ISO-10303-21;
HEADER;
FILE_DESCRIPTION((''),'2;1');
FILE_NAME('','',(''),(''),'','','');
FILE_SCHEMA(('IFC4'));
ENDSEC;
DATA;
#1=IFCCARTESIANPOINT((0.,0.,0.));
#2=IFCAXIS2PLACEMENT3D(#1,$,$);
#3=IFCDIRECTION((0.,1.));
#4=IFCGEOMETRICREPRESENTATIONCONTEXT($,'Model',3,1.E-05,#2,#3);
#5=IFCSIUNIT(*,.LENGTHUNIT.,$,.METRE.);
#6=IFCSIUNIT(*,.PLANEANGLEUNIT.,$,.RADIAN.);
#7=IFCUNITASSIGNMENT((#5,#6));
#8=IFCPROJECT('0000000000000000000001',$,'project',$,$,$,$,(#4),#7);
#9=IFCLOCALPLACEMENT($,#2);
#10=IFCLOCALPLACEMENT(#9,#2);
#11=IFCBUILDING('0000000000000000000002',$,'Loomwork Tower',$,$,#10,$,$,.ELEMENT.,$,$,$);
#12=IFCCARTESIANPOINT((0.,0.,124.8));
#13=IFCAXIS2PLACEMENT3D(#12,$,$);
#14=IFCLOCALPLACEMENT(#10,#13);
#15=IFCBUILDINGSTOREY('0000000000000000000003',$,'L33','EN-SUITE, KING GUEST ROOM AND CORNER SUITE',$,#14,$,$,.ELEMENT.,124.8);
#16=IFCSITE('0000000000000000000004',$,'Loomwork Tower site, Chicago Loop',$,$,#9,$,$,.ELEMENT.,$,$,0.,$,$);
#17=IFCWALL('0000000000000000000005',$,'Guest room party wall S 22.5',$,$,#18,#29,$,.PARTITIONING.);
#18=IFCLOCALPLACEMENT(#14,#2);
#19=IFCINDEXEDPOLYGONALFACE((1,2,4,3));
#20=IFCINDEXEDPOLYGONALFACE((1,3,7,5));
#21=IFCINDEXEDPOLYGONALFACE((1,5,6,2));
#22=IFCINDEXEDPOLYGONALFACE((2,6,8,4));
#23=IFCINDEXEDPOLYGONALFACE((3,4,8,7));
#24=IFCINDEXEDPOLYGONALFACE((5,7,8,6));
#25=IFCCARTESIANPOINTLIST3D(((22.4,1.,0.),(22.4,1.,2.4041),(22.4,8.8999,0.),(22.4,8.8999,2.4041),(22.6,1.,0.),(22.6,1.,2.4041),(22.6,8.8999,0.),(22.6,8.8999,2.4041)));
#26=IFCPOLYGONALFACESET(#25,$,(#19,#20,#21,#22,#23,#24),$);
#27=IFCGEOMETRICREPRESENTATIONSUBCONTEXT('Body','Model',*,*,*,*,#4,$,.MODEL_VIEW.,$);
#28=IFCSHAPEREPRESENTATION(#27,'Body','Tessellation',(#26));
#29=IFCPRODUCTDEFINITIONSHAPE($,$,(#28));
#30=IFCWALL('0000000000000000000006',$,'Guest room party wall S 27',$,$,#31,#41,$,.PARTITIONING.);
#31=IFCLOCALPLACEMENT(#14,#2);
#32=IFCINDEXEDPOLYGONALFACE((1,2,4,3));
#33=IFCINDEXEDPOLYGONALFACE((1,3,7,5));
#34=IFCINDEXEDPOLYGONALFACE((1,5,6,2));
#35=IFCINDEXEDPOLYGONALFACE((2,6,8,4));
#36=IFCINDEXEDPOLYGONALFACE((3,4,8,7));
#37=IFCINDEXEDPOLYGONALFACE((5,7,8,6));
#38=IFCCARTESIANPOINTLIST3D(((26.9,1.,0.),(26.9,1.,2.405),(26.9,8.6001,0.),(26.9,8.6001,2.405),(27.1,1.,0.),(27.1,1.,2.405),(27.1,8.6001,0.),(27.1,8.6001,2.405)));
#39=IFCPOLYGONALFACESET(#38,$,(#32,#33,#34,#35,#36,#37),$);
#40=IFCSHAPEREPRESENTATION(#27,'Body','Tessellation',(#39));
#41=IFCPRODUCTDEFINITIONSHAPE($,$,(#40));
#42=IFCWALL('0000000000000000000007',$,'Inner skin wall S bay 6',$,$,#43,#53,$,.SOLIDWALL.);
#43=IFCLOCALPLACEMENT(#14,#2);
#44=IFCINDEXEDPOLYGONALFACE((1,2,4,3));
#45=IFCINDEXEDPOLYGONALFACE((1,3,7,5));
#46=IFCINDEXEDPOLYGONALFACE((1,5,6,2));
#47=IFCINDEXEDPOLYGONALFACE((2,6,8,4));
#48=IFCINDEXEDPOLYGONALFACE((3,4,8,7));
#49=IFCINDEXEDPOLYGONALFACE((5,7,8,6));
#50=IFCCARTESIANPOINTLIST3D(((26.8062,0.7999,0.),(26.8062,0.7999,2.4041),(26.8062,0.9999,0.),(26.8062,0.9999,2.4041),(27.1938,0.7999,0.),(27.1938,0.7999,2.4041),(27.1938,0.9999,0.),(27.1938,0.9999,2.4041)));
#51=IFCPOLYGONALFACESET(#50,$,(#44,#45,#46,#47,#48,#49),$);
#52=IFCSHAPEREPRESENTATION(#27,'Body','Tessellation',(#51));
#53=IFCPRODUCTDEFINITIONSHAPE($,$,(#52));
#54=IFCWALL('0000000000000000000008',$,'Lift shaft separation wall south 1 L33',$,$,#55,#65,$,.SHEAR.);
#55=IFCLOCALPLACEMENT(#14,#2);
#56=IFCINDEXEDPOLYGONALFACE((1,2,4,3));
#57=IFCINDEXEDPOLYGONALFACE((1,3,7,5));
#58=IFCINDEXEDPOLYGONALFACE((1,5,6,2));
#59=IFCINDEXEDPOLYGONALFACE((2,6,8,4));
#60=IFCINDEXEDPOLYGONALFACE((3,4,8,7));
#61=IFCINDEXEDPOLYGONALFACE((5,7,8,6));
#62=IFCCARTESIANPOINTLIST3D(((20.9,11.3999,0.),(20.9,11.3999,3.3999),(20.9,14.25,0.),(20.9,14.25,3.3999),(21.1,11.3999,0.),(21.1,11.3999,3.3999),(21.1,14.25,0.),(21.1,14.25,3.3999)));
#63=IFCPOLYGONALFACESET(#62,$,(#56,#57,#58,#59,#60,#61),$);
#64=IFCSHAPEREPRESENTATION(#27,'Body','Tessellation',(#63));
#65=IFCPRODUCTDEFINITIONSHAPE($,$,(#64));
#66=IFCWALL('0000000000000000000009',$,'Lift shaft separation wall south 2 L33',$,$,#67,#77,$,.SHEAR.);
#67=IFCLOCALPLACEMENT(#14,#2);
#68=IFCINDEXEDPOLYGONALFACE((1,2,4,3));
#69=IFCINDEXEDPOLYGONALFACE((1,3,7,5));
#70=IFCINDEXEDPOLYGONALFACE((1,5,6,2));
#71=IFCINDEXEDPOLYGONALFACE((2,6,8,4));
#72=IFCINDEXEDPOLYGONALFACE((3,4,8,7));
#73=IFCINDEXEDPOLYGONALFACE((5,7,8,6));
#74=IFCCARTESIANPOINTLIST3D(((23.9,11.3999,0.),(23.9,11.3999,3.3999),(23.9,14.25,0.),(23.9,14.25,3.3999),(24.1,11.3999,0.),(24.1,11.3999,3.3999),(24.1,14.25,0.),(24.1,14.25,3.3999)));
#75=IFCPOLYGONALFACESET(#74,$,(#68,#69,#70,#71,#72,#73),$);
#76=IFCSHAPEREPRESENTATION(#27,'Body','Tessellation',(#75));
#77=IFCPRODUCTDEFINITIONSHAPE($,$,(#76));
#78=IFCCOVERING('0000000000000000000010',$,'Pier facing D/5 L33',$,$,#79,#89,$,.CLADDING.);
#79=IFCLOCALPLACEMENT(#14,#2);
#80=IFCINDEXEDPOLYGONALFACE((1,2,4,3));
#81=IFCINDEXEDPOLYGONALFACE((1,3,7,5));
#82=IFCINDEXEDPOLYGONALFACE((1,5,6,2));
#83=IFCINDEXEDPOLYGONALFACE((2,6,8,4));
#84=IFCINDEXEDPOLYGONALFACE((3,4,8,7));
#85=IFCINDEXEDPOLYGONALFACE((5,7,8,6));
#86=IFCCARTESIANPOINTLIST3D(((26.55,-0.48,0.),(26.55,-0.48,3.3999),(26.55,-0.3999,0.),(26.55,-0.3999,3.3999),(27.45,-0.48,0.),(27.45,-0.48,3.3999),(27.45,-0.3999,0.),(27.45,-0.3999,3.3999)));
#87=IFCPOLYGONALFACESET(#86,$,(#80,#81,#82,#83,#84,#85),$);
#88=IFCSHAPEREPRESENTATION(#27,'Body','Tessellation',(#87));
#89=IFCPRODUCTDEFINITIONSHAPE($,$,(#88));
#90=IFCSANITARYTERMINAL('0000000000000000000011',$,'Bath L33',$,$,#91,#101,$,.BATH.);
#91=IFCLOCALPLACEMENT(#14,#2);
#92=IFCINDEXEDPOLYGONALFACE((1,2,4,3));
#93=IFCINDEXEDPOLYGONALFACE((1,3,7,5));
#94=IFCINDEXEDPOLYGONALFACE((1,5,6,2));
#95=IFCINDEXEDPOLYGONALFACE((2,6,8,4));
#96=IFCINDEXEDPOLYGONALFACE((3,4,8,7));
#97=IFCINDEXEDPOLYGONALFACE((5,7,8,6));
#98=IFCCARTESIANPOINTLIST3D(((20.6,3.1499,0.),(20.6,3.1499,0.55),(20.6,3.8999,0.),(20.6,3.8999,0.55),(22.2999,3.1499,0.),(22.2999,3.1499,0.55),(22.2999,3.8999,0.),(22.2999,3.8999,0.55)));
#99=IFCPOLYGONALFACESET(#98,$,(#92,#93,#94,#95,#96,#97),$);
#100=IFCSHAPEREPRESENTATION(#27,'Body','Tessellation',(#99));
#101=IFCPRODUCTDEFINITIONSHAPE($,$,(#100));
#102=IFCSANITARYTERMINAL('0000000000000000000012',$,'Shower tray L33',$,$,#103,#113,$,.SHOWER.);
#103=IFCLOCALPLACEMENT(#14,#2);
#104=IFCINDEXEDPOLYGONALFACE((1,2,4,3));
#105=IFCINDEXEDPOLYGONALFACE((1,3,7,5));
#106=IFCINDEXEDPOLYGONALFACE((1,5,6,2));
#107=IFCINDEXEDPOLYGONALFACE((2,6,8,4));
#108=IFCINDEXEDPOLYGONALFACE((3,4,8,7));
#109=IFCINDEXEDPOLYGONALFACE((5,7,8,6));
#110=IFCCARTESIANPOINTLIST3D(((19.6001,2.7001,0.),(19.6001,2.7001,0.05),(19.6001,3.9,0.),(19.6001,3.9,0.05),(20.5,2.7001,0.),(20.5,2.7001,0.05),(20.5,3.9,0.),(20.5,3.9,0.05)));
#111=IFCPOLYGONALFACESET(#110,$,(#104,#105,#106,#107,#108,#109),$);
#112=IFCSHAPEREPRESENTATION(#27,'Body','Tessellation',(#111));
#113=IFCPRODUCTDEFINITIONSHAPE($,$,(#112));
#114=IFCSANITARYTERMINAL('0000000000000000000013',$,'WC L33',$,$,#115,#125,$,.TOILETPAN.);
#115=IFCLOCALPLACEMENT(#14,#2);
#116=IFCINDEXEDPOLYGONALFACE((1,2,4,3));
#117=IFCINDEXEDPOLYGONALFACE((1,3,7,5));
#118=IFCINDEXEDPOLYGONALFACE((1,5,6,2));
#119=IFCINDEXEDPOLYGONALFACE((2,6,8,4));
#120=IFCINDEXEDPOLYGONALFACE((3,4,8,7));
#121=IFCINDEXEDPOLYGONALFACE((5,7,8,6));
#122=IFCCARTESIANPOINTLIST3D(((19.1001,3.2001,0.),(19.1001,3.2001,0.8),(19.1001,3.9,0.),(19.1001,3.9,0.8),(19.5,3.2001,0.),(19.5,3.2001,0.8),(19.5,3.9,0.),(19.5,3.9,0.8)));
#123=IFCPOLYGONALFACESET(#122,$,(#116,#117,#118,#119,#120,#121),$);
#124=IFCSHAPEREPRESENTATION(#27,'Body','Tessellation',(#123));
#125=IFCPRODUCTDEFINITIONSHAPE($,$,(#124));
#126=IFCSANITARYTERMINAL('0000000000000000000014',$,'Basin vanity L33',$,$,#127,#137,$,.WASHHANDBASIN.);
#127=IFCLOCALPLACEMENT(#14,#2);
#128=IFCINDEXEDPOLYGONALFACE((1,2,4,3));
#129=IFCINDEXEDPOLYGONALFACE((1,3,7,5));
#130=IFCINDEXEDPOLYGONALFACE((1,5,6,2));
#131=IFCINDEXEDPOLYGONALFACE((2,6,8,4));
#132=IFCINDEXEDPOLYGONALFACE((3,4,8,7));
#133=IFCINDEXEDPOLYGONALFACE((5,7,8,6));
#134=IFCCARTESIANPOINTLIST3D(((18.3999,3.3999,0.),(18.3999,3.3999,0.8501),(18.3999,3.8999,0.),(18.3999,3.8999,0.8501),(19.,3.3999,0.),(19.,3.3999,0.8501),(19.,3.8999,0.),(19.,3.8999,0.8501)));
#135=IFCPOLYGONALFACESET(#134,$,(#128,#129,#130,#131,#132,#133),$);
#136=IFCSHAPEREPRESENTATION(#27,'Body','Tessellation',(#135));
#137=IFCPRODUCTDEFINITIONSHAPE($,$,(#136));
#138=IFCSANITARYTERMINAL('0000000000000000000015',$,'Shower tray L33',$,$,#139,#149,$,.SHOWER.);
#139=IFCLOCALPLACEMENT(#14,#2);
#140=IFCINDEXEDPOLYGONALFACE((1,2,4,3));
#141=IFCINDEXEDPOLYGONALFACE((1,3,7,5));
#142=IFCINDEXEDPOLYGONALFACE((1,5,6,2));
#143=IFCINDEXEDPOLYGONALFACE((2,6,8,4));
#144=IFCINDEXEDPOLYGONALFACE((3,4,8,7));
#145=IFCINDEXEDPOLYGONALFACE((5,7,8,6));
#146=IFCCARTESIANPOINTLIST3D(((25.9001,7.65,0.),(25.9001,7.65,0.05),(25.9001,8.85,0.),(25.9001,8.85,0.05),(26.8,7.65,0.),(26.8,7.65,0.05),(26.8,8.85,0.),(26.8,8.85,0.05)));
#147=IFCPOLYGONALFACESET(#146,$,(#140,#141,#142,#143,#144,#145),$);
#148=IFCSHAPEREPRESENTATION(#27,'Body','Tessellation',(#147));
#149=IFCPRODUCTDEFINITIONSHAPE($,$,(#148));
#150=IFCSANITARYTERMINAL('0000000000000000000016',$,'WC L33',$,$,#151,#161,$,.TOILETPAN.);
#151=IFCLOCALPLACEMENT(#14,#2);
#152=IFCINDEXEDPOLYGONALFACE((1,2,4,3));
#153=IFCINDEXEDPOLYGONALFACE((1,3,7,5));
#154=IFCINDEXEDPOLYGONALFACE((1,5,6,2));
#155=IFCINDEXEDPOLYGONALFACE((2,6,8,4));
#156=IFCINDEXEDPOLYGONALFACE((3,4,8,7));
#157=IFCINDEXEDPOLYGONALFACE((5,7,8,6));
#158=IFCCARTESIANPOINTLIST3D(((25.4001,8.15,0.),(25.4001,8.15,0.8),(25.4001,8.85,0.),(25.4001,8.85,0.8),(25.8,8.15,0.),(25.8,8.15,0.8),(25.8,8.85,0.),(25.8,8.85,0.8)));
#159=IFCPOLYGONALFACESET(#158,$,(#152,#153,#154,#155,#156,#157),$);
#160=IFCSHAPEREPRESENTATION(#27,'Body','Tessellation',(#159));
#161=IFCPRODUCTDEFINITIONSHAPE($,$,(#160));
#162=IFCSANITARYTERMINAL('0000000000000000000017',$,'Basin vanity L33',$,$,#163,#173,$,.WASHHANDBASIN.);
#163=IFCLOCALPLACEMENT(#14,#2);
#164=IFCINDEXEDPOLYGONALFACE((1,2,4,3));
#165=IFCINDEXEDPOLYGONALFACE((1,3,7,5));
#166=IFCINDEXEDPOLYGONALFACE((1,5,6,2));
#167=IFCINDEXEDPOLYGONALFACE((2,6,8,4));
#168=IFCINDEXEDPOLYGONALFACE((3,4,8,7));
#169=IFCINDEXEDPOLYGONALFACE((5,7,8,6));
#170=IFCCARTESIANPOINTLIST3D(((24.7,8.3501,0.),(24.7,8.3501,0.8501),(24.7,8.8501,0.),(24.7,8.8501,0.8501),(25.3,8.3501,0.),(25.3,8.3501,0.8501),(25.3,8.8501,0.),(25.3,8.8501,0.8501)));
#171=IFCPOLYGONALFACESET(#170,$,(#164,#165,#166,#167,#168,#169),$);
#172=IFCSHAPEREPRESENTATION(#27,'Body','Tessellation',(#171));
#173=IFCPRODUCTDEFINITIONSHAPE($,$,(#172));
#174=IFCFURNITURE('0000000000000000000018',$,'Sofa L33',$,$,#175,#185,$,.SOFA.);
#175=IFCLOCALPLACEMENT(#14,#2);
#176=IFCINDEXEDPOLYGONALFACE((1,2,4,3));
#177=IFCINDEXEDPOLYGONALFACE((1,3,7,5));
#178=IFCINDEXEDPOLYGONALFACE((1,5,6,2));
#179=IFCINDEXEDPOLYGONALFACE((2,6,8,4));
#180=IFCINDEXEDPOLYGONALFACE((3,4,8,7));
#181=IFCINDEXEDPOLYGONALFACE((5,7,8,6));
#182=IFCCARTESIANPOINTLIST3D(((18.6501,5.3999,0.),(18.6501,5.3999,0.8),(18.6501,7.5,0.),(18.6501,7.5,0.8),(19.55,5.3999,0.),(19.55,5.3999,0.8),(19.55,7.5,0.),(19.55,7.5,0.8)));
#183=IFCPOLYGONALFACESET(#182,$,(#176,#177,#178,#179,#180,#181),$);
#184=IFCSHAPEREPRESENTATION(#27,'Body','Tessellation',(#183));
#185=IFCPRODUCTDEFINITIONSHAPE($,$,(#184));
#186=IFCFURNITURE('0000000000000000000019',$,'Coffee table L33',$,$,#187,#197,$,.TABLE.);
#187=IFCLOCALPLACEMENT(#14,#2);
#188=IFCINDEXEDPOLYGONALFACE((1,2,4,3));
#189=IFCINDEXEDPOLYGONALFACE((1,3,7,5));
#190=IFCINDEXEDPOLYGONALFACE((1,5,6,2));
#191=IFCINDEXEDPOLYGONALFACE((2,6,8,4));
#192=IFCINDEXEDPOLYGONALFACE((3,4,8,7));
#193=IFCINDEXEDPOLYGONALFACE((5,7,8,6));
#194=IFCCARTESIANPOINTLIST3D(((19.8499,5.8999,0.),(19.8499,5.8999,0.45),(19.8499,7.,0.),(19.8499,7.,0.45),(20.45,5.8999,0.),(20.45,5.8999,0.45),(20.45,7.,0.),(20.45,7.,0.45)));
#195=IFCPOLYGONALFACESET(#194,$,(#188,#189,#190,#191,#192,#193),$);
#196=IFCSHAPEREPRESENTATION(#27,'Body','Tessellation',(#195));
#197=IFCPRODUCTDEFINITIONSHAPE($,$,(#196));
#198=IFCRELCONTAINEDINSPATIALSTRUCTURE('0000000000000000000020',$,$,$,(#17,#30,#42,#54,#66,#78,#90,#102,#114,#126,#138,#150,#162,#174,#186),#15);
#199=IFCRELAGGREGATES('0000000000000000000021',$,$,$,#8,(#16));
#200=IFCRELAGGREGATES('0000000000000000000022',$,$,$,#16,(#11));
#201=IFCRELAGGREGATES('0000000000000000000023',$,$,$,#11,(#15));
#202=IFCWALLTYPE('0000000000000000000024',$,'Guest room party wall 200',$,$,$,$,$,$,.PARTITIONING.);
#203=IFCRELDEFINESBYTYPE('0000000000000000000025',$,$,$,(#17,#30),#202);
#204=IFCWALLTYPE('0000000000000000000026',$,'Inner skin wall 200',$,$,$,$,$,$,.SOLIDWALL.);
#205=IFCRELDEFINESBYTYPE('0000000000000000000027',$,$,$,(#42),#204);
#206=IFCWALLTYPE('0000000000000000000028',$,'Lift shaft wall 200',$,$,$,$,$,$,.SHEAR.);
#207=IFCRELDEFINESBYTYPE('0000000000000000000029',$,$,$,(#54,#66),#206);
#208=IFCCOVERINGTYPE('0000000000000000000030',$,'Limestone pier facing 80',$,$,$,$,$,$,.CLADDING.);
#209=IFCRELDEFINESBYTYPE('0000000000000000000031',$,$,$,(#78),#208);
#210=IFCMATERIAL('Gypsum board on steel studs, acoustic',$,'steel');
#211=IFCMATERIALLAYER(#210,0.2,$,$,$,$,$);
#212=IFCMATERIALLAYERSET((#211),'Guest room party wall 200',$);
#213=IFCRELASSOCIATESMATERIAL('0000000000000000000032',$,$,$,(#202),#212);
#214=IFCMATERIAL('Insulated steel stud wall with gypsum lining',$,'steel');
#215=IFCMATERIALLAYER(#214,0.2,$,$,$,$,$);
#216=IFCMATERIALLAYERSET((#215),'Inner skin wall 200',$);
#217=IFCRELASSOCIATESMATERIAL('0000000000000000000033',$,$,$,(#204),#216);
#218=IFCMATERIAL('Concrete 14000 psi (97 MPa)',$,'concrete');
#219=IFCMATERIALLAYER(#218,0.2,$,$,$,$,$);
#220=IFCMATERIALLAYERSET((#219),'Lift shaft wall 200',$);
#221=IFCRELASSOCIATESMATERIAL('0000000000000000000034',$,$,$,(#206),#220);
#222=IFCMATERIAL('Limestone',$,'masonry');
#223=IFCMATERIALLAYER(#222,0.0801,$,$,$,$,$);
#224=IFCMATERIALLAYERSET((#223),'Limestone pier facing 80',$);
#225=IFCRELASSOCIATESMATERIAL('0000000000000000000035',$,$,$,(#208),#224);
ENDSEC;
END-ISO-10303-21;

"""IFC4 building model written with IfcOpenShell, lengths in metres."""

from ifc_helpers import new_model, si_unit, direction, frame, frame_2d, origin, origin_2d, place, context, subcontext, project, spatial, rectangle, extrude, material, layer, layer_set, type_object, element, save


model = new_model("IFC4")

# Units and contexts
model_context = context("Model", 3, precision=1e-05, world=origin(), true_north=direction((0.0, 1.0)))
body_context = subcontext(model_context, "Body", "Model", "MODEL_VIEW")
ifc_project = project(units=[si_unit("LENGTHUNIT", "METRE"), si_unit("PLANEANGLEUNIT", "RADIAN")], contexts=[model_context])

# Site, building, storey
site_placement = place(None, origin())
site = spatial("IfcSite", under=ifc_project, at=site_placement, Name="Loomwork Tower site, Chicago Loop", CompositionType="ELEMENT", RefElevation=0.0)
building_placement = place(site_placement, origin())
building = spatial("IfcBuilding", under=site, at=building_placement, Name="Loomwork Tower", CompositionType="ELEMENT")
storey_placement = place(building_placement, frame((0.0, 0.0, 124.8)))
storey = spatial("IfcBuildingStorey", under=building, at=storey_placement, Name="L33", Description="EN-SUITE, KING GUEST ROOM AND CORNER SUITE", CompositionType="ELEMENT", Elevation=124.8)

# Walls
ifc_material_1 = material(Name="Gypsum board on steel studs, acoustic", Category="steel")
ifc_layer_1 = layer(ifc_material_1, 0.2)
ifc_layer_set_1 = layer_set([ifc_layer_1], Name="Guest room party wall 200")
wall_type_1 = type_object("IfcWallType", Name="Guest room party wall 200", PredefinedType="PARTITIONING", material=ifc_layer_set_1)
wall_1_placement = place(storey_placement, frame((22.5, 8.8999, 0.0), z_axis=(0.0, 0.0, 1.0), x_axis=(0.0, -1.0, 0.0)))
element("IfcWall", 1, at=wall_1_placement, inside=storey, type_object=wall_type_1, Name="Guest room party wall S 22.5", PredefinedType="PARTITIONING", context=body_context, shape_type="SweptSolid", body=[
    extrude(rectangle(XDim=7.8999, YDim=0.2, at=frame_2d((3.95, 0.0))), origin(), (0.0, 0.0, 1.0), 2.4041),
])
wall_2_placement = place(storey_placement, frame((27.0, 8.6001, 0.0), z_axis=(0.0, 0.0, 1.0), x_axis=(0.0, -1.0, 0.0)))
element("IfcWall", 2, at=wall_2_placement, inside=storey, type_object=wall_type_1, Name="Guest room party wall S 27", PredefinedType="PARTITIONING", context=body_context, shape_type="SweptSolid", body=[
    extrude(rectangle(XDim=7.6001, YDim=0.2, at=frame_2d((3.8, 0.0))), origin(), (0.0, 0.0, 1.0), 2.405),
])
ifc_material_2 = material(Name="Insulated steel stud wall with gypsum lining", Category="steel")
ifc_layer_2 = layer(ifc_material_2, 0.2)
ifc_layer_set_2 = layer_set([ifc_layer_2], Name="Inner skin wall 200")
wall_type_2 = type_object("IfcWallType", Name="Inner skin wall 200", PredefinedType="SOLIDWALL", material=ifc_layer_set_2)
wall_3_placement = place(storey_placement, frame((26.8062, 0.8999, 0.0), z_axis=(0.0, 0.0, 1.0), x_axis=(1.0, 0.0, 0.0)))
element("IfcWall", 3, at=wall_3_placement, inside=storey, type_object=wall_type_2, Name="Inner skin wall S bay 6", PredefinedType="SOLIDWALL", context=body_context, shape_type="SweptSolid", body=[
    extrude(rectangle(XDim=0.3877, YDim=0.2, at=frame_2d((0.1938, 0.0))), origin(), (0.0, 0.0, 1.0), 2.4041),
])
ifc_material_3 = material(Name="Concrete 14000 psi (97 MPa)", Category="concrete")
ifc_layer_3 = layer(ifc_material_3, 0.2)
ifc_layer_set_3 = layer_set([ifc_layer_3], Name="Lift shaft wall 200")
wall_type_3 = type_object("IfcWallType", Name="Lift shaft wall 200", PredefinedType="SHEAR", material=ifc_layer_set_3)
for number, where, z_axis, x_axis, name in (
    (4, (21.0, 11.3999, 0.0), (0.0, 0.0, 1.0), (0.0, 1.0, 0.0), "Lift shaft separation wall south 1 L33"),
    (5, (24.0, 11.3999, 0.0), (0.0, 0.0, 1.0), (0.0, 1.0, 0.0), "Lift shaft separation wall south 2 L33"),
):
    element("IfcWall", number, at=place(storey_placement, frame(where, z_axis=z_axis, x_axis=x_axis)), inside=storey, type_object=wall_type_3, Name=name, PredefinedType="SHEAR", context=body_context, shape_type="SweptSolid", body=[
        extrude(rectangle(XDim=2.8501, YDim=0.2, at=frame_2d((1.425, 0.0))), origin(), (0.0, 0.0, 1.0), 3.3999),
    ])

# Covering
ifc_material_4 = material(Name="Limestone", Category="masonry")
ifc_layer_4 = layer(ifc_material_4, 0.0801)
ifc_layer_set_4 = layer_set([ifc_layer_4], Name="Limestone pier facing 80")
covering_type = type_object("IfcCoveringType", Name="Limestone pier facing 80", PredefinedType="CLADDING", material=ifc_layer_set_4)
covering_placement = place(storey_placement, frame((27.0, -0.4399, 0.0), z_axis=(0.0, 0.0, 1.0), x_axis=(1.0, 0.0, 0.0)))
element("IfcCovering", 6, at=covering_placement, inside=storey, type_object=covering_type, Name="Pier facing D/5 L33", PredefinedType="CLADDING", context=body_context, shape_type="SweptSolid", body=[
    extrude(rectangle(XDim=0.8999, YDim=0.0801, at=origin_2d()), origin(), (0.0, 0.0, 1.0), 3.3999),
])

# Sanitary terminals
sanitary_terminal_1_placement = place(storey_placement, frame((21.45, 3.5249, 0.0), z_axis=(0.0, 0.0, 1.0), x_axis=(1.0, 0.0, 0.0)))
element("IfcSanitaryTerminal", 7, at=sanitary_terminal_1_placement, inside=storey, Name="Bath L33", PredefinedType="BATH", context=body_context, shape_type="SweptSolid", body=[
    extrude(rectangle(XDim=1.7, YDim=0.75, at=origin_2d()), origin(), (0.0, 0.0, 1.0), 0.55),
])
sanitary_terminal_2_placement = place(storey_placement, frame((20.05, 3.3, 0.0), z_axis=(0.0, 0.0, 1.0), x_axis=(1.0, 0.0, 0.0)))
element("IfcSanitaryTerminal", 8, at=sanitary_terminal_2_placement, inside=storey, Name="Shower tray L33", PredefinedType="SHOWER", context=body_context, shape_type="SweptSolid", body=[
    extrude(rectangle(XDim=0.8999, YDim=1.2, at=origin_2d()), origin(), (0.0, 0.0, 1.0), 0.05),
])
sanitary_terminal_3_placement = place(storey_placement, frame((19.3, 3.55, 0.0), z_axis=(0.0, 0.0, 1.0), x_axis=(1.0, 0.0, 0.0)))
element("IfcSanitaryTerminal", 9, at=sanitary_terminal_3_placement, inside=storey, Name="WC L33", PredefinedType="TOILETPAN", context=body_context, shape_type="SweptSolid", body=[
    extrude(rectangle(XDim=0.3999, YDim=0.7, at=origin_2d()), origin(), (0.0, 0.0, 1.0), 0.8),
])
sanitary_terminal_4_placement = place(storey_placement, frame((18.7, 3.6499, 0.0), z_axis=(0.0, 0.0, 1.0), x_axis=(1.0, 0.0, 0.0)))
element("IfcSanitaryTerminal", 10, at=sanitary_terminal_4_placement, inside=storey, Name="Basin vanity L33", PredefinedType="WASHHANDBASIN", context=body_context, shape_type="SweptSolid", body=[
    extrude(rectangle(XDim=0.6001, YDim=0.5, at=origin_2d()), origin(), (0.0, 0.0, 1.0), 0.8501),
])
sanitary_terminal_5_placement = place(storey_placement, frame((26.3501, 8.25, 0.0), z_axis=(0.0, 0.0, 1.0), x_axis=(1.0, 0.0, 0.0)))
element("IfcSanitaryTerminal", 11, at=sanitary_terminal_5_placement, inside=storey, Name="Shower tray L33", PredefinedType="SHOWER", context=body_context, shape_type="SweptSolid", body=[
    extrude(rectangle(XDim=0.8999, YDim=1.2, at=origin_2d()), origin(), (0.0, 0.0, 1.0), 0.05),
])
sanitary_terminal_6_placement = place(storey_placement, frame((25.6001, 8.5, 0.0), z_axis=(0.0, 0.0, 1.0), x_axis=(1.0, 0.0, 0.0)))
element("IfcSanitaryTerminal", 12, at=sanitary_terminal_6_placement, inside=storey, Name="WC L33", PredefinedType="TOILETPAN", context=body_context, shape_type="SweptSolid", body=[
    extrude(rectangle(XDim=0.3999, YDim=0.7, at=origin_2d()), origin(), (0.0, 0.0, 1.0), 0.8),
])
sanitary_terminal_7_placement = place(storey_placement, frame((25.0, 8.6001, 0.0), z_axis=(0.0, 0.0, 1.0), x_axis=(1.0, 0.0, 0.0)))
element("IfcSanitaryTerminal", 13, at=sanitary_terminal_7_placement, inside=storey, Name="Basin vanity L33", PredefinedType="WASHHANDBASIN", context=body_context, shape_type="SweptSolid", body=[
    extrude(rectangle(XDim=0.6001, YDim=0.5, at=origin_2d()), origin(), (0.0, 0.0, 1.0), 0.8501),
])

# Furniture
furniture_1_placement = place(storey_placement, frame((19.1001, 6.45, 0.0), z_axis=(0.0, 0.0, 1.0), x_axis=(1.0, 0.0, 0.0)))
element("IfcFurniture", 14, at=furniture_1_placement, inside=storey, Name="Sofa L33", PredefinedType="SOFA", context=body_context, shape_type="SweptSolid", body=[
    extrude(rectangle(XDim=0.8999, YDim=2.1001, at=origin_2d()), origin(), (0.0, 0.0, 1.0), 0.8),
])
furniture_2_placement = place(storey_placement, frame((20.1499, 6.45, 0.0), z_axis=(0.0, 0.0, 1.0), x_axis=(1.0, 0.0, 0.0)))
element("IfcFurniture", 15, at=furniture_2_placement, inside=storey, Name="Coffee table L33", PredefinedType="TABLE", context=body_context, shape_type="SweptSolid", body=[
    extrude(rectangle(XDim=0.6001, YDim=1.1001, at=origin_2d()), origin(), (0.0, 0.0, 1.0), 0.45),
])

save(model, "model.ifc")
